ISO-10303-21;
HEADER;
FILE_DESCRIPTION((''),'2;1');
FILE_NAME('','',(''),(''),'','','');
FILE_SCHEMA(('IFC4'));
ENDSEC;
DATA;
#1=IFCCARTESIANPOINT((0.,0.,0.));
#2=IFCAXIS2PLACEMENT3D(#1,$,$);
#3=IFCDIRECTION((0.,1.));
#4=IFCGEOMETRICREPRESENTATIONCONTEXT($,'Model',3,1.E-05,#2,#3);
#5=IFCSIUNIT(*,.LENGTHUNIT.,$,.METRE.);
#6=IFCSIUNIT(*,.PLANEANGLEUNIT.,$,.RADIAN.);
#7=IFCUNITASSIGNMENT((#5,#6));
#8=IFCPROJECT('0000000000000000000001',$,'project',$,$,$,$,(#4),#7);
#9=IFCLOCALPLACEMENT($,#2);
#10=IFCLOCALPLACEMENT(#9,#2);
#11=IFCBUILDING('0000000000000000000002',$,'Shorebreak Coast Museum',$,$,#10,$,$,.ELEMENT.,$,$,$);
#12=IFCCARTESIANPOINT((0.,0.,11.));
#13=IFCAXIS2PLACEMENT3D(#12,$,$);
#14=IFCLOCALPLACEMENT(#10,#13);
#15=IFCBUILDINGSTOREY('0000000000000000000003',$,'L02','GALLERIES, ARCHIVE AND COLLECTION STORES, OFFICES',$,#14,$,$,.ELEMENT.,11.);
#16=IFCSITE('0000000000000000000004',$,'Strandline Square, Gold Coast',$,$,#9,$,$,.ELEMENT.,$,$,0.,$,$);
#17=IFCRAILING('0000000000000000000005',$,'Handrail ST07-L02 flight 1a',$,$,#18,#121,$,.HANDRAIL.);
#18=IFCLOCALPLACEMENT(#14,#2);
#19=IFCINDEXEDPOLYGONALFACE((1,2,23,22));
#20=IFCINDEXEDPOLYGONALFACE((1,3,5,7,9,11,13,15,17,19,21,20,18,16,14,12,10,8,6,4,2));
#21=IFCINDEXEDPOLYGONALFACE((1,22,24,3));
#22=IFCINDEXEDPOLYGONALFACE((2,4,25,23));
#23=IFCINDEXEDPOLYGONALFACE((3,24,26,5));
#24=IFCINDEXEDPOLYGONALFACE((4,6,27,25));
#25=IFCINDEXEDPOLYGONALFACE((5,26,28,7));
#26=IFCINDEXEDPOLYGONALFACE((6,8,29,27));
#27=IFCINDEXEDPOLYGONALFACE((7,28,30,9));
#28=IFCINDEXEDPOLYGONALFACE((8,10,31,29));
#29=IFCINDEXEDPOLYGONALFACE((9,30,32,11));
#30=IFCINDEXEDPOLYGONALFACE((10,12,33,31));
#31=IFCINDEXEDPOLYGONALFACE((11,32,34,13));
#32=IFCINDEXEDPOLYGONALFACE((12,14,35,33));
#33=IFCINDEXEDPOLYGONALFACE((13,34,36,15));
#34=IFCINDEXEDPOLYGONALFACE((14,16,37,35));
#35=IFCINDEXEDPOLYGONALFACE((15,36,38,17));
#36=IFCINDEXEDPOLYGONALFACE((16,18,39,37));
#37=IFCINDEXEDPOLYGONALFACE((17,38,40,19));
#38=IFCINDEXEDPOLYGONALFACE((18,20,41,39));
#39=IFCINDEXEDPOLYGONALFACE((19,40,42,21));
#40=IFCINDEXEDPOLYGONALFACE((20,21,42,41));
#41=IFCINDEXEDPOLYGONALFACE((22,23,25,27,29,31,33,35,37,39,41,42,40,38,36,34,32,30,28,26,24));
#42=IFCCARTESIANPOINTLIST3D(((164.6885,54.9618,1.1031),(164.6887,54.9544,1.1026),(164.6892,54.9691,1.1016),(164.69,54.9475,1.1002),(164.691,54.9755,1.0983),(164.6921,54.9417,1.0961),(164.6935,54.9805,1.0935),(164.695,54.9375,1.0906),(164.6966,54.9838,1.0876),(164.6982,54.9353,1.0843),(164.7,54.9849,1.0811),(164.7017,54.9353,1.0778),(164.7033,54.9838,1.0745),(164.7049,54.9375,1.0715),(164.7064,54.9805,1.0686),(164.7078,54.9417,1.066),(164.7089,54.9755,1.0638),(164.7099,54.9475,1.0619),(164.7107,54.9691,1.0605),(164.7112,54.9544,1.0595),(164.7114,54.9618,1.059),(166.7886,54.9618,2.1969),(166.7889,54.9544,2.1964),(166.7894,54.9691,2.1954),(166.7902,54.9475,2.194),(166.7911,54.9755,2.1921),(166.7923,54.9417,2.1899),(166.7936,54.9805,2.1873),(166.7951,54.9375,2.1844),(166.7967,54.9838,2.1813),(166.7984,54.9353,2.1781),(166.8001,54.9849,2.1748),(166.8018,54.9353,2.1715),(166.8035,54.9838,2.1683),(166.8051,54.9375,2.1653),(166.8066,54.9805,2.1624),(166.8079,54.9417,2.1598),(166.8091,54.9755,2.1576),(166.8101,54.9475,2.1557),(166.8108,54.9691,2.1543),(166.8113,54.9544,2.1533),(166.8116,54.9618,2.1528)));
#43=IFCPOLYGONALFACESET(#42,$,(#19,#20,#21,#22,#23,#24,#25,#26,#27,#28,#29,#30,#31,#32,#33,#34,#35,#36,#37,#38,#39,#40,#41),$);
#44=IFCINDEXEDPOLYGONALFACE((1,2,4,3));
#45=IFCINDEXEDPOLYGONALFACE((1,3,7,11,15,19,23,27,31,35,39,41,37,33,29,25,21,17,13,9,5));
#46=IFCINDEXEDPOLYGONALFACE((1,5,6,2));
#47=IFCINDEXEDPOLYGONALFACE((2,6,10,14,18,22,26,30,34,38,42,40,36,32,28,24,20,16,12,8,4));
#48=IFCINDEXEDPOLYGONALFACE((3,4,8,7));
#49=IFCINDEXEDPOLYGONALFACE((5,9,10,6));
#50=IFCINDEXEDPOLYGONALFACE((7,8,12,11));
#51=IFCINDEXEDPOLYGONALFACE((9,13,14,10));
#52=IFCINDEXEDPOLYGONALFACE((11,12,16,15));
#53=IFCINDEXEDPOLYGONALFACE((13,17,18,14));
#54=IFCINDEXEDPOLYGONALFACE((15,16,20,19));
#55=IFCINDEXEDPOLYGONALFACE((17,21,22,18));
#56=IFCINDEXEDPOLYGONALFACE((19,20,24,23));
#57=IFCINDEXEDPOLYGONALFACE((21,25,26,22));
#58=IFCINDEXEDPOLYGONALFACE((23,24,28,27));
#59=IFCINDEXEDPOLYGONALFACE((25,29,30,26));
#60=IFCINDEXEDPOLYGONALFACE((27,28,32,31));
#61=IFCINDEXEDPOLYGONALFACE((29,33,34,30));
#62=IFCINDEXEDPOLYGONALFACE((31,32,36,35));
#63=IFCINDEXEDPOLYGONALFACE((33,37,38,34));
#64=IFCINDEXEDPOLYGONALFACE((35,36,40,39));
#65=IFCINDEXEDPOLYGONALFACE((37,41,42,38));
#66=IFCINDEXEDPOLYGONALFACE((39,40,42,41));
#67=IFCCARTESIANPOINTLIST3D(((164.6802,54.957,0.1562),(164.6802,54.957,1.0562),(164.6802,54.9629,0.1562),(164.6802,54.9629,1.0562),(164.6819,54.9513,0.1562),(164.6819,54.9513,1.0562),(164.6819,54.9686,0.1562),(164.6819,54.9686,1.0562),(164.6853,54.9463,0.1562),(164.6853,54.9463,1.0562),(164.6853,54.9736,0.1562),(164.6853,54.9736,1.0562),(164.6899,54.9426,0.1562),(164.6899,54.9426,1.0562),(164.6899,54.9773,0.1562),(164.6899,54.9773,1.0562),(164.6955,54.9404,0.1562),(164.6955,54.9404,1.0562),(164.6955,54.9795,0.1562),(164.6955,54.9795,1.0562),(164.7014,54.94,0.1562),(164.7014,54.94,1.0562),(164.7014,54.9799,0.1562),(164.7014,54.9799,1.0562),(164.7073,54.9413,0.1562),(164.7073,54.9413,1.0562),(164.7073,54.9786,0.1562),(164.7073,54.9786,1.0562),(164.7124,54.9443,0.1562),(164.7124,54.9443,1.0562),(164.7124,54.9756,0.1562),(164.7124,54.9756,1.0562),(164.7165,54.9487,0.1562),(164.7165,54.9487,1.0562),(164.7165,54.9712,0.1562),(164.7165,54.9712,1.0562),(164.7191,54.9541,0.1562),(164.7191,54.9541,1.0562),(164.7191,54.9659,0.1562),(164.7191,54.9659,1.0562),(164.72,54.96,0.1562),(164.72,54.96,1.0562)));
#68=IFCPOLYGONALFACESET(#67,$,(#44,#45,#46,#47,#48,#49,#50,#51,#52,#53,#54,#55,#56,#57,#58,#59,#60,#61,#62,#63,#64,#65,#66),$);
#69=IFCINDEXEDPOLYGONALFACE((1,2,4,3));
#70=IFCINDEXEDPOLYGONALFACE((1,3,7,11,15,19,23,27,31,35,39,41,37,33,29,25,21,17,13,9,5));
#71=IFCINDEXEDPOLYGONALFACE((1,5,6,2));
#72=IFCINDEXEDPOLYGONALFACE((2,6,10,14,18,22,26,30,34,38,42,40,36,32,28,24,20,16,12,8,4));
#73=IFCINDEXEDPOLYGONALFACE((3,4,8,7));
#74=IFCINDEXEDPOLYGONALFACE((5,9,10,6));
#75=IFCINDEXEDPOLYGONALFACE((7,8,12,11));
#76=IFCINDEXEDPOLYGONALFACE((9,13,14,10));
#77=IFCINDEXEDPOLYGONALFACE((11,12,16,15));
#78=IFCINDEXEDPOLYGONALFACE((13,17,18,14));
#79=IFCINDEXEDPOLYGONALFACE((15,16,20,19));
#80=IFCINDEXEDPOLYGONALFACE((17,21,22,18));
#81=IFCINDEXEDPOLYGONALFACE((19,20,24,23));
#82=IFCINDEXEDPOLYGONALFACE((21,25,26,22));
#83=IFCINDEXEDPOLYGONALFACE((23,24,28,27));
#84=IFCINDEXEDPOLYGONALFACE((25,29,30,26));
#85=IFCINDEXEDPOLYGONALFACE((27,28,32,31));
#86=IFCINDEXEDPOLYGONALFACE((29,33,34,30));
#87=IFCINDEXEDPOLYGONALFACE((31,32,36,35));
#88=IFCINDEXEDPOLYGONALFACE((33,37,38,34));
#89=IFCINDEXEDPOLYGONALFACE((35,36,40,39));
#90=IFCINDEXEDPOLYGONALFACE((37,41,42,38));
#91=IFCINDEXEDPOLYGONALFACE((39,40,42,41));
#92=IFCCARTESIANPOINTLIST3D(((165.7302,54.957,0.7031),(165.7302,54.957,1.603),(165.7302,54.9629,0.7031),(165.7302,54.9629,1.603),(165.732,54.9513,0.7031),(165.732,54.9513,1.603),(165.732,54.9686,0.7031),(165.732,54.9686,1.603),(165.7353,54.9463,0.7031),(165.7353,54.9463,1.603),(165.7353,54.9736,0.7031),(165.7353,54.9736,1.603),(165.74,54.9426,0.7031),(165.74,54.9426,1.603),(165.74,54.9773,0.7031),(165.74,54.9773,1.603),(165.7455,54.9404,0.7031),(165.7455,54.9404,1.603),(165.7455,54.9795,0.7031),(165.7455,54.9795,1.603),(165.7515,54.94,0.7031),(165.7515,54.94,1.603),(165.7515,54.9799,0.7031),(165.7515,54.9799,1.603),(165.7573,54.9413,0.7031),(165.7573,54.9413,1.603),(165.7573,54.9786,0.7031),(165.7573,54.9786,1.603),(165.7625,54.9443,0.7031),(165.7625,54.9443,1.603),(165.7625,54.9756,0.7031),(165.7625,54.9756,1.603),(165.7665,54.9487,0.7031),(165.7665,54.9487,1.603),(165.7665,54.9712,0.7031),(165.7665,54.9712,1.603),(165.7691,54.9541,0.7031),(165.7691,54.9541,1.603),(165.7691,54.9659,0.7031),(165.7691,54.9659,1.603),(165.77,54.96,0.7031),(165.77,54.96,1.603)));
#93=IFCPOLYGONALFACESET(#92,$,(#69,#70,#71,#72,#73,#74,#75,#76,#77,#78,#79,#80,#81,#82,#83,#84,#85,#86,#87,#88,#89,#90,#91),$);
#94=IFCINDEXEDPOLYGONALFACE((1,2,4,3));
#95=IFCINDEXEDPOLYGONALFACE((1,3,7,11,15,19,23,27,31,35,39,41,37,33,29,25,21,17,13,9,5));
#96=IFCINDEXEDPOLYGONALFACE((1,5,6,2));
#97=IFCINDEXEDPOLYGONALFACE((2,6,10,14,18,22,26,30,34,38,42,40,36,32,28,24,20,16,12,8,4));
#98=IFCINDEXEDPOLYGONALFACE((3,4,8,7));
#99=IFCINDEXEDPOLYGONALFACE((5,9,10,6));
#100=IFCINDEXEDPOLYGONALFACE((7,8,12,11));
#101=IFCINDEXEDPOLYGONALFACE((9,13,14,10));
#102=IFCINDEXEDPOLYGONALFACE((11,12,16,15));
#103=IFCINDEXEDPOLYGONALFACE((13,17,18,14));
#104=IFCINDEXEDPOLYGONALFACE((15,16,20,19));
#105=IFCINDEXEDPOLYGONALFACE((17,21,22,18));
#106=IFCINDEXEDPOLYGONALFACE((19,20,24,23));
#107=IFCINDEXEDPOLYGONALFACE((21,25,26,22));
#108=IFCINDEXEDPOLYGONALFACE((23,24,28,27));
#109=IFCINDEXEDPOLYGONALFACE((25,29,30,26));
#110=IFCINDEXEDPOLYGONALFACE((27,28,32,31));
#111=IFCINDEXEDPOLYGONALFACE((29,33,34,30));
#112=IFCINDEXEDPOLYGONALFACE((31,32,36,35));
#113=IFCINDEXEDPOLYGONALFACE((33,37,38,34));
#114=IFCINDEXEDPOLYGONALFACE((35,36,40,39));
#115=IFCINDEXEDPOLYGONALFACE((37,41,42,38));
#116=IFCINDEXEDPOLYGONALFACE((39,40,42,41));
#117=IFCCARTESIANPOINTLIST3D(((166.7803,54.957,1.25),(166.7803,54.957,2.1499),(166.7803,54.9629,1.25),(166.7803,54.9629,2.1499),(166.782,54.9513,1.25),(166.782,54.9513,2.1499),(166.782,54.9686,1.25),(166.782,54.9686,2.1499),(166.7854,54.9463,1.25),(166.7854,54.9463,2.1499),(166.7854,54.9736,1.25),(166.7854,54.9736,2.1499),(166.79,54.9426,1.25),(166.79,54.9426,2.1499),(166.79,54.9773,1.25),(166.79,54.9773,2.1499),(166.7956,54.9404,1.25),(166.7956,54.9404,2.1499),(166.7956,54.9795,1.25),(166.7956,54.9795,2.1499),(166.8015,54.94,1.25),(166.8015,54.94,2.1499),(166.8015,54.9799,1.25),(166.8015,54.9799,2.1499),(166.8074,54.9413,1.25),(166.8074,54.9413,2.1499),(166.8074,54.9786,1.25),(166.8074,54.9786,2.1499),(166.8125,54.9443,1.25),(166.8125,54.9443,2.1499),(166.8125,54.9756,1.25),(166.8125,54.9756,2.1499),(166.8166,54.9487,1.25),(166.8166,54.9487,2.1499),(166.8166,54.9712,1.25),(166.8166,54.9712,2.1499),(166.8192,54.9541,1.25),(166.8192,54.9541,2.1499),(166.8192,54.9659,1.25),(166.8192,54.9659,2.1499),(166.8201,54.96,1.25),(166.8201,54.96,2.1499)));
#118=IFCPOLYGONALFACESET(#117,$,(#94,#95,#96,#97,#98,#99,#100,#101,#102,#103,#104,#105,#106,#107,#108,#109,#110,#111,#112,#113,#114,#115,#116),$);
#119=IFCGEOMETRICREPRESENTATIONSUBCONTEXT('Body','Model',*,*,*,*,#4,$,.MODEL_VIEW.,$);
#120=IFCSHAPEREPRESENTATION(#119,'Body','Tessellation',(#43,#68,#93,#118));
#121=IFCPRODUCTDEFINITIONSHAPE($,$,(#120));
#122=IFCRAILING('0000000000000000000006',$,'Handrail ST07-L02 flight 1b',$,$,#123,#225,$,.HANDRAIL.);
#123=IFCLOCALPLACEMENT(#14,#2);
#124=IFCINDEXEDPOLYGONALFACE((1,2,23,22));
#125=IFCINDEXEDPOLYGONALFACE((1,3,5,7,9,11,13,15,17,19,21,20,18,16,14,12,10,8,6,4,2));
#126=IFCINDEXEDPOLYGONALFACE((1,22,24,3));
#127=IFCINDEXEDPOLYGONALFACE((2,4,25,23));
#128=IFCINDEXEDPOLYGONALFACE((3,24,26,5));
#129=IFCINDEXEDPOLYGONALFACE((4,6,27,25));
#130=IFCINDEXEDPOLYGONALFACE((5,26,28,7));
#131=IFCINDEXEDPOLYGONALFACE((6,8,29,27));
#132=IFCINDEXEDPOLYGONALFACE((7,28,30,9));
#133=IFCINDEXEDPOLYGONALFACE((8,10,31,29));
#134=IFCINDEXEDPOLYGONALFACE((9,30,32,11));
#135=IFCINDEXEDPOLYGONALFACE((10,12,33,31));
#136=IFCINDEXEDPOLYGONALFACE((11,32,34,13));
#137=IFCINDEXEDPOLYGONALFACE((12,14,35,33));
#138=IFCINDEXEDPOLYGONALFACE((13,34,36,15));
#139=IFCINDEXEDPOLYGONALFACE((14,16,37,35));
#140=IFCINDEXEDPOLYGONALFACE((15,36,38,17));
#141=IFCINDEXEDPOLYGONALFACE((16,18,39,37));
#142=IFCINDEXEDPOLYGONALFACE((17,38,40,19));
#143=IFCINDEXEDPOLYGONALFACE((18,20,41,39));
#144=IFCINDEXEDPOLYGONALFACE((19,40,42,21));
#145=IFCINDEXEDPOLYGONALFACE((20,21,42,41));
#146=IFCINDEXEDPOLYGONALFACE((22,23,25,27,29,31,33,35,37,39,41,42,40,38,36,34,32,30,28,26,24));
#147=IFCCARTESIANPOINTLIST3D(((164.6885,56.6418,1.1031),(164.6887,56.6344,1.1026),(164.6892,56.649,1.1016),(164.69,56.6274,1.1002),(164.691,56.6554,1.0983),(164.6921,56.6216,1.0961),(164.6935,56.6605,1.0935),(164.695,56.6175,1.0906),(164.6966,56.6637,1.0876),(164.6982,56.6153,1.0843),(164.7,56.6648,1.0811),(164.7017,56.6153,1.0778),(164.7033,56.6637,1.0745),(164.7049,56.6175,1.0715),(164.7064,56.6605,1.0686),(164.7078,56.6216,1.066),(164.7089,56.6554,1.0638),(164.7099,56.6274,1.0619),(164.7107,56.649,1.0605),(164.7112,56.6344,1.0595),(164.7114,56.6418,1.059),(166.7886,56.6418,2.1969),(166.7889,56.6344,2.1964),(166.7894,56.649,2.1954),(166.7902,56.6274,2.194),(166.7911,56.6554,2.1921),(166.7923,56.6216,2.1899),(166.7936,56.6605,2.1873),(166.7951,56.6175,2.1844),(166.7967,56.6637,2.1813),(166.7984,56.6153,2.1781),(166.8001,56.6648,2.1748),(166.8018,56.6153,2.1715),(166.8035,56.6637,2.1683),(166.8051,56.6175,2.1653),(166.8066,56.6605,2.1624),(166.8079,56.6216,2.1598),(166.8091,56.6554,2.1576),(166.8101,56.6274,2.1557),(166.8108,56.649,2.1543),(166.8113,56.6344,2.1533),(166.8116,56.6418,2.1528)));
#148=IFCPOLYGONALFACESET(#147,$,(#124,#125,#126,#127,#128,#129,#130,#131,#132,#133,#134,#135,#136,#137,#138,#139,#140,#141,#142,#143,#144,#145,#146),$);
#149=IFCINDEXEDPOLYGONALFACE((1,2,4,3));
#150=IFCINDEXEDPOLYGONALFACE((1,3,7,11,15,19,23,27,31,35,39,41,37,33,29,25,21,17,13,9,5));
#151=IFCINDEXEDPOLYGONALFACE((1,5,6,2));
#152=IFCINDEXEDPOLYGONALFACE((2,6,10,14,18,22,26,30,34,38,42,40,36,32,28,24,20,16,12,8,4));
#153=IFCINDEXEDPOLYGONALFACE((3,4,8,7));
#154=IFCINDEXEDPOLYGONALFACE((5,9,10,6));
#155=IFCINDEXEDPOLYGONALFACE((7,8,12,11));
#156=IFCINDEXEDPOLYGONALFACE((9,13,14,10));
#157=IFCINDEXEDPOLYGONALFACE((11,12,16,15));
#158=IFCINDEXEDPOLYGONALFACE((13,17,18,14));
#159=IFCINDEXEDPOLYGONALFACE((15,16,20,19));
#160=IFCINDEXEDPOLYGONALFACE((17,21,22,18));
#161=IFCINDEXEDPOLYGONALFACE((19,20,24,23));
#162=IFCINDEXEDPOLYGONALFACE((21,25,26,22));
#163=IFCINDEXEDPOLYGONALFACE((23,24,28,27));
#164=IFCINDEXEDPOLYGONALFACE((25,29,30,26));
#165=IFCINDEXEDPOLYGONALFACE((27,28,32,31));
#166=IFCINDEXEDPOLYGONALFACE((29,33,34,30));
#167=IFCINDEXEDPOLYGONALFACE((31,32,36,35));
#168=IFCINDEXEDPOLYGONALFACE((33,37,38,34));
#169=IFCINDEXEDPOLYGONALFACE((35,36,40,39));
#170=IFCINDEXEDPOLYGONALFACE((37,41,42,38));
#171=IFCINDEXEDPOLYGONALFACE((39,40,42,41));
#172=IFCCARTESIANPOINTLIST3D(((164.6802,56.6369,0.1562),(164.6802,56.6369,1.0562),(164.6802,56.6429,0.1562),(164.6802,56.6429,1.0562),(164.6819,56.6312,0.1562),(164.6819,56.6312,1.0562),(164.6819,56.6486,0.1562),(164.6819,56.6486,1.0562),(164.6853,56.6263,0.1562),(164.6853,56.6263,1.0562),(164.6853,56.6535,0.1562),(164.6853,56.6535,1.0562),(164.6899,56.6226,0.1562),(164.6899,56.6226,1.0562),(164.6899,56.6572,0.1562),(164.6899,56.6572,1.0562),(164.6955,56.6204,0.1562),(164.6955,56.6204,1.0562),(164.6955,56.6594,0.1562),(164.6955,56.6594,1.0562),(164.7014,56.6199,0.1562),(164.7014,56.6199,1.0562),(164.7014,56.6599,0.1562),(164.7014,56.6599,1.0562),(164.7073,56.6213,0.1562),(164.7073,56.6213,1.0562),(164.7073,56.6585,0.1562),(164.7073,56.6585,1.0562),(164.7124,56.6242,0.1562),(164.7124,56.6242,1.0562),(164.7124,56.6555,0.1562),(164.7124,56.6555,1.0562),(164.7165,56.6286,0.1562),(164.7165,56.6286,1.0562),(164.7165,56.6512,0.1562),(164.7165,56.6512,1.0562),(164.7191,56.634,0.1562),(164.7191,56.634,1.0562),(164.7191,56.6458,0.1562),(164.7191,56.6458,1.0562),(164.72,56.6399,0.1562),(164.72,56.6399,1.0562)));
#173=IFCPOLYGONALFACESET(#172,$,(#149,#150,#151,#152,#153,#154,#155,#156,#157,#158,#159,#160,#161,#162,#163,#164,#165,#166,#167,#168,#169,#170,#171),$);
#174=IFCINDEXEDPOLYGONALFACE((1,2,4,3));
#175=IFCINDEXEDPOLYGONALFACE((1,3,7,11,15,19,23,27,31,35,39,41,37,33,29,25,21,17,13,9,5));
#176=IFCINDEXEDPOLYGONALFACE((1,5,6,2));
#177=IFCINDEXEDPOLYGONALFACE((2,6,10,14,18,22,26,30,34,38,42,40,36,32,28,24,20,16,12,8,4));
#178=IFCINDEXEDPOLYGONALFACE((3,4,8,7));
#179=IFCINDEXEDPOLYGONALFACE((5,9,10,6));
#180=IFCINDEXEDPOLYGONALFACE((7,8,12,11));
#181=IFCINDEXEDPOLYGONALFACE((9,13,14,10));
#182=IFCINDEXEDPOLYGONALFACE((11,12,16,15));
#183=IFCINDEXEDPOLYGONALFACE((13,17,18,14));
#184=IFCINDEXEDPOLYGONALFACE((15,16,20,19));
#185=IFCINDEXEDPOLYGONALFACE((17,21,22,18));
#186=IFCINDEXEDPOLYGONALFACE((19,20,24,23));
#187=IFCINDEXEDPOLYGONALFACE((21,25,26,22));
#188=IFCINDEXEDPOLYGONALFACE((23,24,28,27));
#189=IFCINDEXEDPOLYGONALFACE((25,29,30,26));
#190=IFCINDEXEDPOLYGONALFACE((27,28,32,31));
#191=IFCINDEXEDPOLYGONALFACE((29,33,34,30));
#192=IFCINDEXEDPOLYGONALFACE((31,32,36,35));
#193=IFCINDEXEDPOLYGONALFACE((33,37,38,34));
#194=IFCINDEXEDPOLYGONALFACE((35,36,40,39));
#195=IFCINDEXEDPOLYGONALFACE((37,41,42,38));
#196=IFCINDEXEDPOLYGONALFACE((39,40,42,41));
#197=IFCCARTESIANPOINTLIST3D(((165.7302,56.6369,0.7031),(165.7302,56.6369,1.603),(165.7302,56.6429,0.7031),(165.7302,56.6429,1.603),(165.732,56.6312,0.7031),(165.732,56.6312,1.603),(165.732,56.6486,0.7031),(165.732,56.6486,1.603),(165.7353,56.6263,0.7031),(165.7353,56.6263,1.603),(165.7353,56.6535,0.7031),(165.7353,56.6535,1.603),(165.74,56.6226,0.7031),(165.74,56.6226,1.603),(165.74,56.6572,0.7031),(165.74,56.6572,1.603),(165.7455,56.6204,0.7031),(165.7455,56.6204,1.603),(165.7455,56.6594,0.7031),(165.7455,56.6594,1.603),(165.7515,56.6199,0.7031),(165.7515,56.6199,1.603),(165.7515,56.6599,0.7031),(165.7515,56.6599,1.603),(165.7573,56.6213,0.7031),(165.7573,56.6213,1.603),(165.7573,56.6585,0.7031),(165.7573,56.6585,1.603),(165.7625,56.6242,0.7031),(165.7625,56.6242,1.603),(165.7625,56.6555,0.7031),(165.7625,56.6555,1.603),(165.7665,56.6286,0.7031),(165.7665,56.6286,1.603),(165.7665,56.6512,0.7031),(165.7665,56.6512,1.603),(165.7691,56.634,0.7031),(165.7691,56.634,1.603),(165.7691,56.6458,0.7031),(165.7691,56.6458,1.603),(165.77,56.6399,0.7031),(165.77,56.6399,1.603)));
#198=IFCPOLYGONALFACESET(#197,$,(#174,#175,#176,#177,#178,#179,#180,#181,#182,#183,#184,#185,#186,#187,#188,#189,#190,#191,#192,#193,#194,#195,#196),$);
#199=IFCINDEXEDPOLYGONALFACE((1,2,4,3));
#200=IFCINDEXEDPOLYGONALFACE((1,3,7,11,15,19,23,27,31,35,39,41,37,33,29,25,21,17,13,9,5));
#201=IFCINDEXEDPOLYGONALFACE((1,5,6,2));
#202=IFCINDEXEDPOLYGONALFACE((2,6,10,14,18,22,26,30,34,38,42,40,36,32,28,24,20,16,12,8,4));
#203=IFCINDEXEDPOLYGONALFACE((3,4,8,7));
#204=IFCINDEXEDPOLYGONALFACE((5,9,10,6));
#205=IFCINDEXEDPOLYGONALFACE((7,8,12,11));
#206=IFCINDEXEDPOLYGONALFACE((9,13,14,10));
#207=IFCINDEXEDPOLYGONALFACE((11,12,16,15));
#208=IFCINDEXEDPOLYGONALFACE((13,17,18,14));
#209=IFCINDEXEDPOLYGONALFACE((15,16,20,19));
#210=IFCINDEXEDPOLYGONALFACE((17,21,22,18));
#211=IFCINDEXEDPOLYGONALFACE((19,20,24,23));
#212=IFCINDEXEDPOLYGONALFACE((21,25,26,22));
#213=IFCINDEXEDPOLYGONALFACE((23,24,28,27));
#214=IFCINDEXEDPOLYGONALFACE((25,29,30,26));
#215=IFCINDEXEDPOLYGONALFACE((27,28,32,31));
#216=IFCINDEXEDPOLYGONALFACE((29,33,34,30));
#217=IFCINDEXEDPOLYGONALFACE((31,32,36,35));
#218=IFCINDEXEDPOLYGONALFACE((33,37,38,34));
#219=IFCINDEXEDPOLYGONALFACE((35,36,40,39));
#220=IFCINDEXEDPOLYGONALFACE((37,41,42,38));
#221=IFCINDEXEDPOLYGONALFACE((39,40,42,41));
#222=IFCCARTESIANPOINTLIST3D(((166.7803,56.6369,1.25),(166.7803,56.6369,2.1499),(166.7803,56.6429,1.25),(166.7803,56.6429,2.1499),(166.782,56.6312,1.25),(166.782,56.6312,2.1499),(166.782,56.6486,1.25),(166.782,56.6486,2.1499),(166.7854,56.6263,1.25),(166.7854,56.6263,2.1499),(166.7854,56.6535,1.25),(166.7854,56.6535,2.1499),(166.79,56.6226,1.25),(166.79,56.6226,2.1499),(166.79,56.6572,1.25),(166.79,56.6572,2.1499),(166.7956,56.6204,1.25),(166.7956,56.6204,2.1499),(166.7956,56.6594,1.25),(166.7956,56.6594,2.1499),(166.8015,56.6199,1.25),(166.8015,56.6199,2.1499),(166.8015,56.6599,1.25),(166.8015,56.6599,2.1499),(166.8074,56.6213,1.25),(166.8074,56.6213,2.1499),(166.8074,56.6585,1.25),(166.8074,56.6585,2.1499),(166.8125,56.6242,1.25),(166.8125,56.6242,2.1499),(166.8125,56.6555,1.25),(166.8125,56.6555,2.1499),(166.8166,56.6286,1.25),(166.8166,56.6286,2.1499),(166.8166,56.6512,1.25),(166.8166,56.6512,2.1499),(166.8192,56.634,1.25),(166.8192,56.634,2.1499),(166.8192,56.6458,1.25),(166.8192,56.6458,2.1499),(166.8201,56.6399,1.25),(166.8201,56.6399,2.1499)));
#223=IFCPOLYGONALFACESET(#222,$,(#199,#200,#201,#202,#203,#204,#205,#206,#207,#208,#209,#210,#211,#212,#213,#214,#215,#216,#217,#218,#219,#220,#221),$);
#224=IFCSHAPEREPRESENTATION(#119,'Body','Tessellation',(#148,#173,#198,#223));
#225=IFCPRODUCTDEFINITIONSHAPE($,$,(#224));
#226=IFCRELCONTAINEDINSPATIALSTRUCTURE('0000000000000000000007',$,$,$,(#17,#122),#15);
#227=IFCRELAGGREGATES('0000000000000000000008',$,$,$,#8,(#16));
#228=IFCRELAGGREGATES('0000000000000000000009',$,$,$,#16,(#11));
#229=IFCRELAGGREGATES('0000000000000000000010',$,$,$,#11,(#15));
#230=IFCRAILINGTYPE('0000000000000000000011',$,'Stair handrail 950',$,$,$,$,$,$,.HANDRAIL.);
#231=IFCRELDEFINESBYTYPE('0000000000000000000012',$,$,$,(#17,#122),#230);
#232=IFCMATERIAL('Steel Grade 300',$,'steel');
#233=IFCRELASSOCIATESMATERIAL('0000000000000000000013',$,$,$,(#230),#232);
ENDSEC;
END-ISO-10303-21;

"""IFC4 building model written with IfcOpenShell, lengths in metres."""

from ifc_helpers import new_model, si_unit, direction, frame, origin, origin_2d, place, context, subcontext, project, spatial, circle, extrude, material, type_object, element, save


model = new_model("IFC4")

# Units and contexts
model_context = context("Model", 3, precision=1e-05, world=origin(), true_north=direction((0.0, 1.0)))
body_context = subcontext(model_context, "Body", "Model", "MODEL_VIEW")
ifc_project = project(units=[si_unit("LENGTHUNIT", "METRE"), si_unit("PLANEANGLEUNIT", "RADIAN")], contexts=[model_context])

# Site, building, storey
site_placement = place(None, origin())
site = spatial("IfcSite", under=ifc_project, at=site_placement, Name="Strandline Square, Gold Coast", CompositionType="ELEMENT", RefElevation=0.0)
building_placement = place(site_placement, origin())
building = spatial("IfcBuilding", under=site, at=building_placement, Name="Shorebreak Coast Museum", CompositionType="ELEMENT")
storey_placement = place(building_placement, frame((0.0, 0.0, 11.0)))
storey = spatial("IfcBuildingStorey", under=building, at=storey_placement, Name="L02", Description="GALLERIES, ARCHIVE AND COLLECTION STORES, OFFICES", CompositionType="ELEMENT", Elevation=11.0)

# Railings
ifc_material_1 = material(Name="Steel Grade 300", Category="steel")
railing_type_1 = type_object("IfcRailingType", Name="Stair handrail 950", PredefinedType="HANDRAIL", material=ifc_material_1)
for number, where, name in (
    (1, (164.7, 54.96, 0.1562), "Handrail ST07-L02 flight 1a"),
    (2, (164.7, 56.6399, 0.1562), "Handrail ST07-L02 flight 1b"),
):
    element("IfcRailing", number, at=place(storey_placement, frame(where)), inside=storey, type_object=railing_type_1, Name=name, PredefinedType="HANDRAIL", context=body_context, shape_type="SweptSolid", body=[
        extrude(circle(Radius=0.0249, at=origin_2d()), frame((0.0, 0.0, 0.9248), z_axis=(0.886923, 0.0, 0.461918), x_axis=(0.0, 1.0, 0.0)), (0.0, 0.0, 1.0), 2.3679),
        extrude(circle(Radius=0.02, at=origin_2d()), origin(), (0.0, 0.0, 1.0), 0.8999),
        extrude(circle(Radius=0.02, at=origin_2d()), frame((1.05, 0.0, 0.5469)), (0.0, 0.0, 1.0), 0.8999),
        extrude(circle(Radius=0.02, at=origin_2d()), frame((2.1001, 0.0, 1.0938)), (0.0, 0.0, 1.0), 0.8999),
    ])

save(model, "model.ifc")
